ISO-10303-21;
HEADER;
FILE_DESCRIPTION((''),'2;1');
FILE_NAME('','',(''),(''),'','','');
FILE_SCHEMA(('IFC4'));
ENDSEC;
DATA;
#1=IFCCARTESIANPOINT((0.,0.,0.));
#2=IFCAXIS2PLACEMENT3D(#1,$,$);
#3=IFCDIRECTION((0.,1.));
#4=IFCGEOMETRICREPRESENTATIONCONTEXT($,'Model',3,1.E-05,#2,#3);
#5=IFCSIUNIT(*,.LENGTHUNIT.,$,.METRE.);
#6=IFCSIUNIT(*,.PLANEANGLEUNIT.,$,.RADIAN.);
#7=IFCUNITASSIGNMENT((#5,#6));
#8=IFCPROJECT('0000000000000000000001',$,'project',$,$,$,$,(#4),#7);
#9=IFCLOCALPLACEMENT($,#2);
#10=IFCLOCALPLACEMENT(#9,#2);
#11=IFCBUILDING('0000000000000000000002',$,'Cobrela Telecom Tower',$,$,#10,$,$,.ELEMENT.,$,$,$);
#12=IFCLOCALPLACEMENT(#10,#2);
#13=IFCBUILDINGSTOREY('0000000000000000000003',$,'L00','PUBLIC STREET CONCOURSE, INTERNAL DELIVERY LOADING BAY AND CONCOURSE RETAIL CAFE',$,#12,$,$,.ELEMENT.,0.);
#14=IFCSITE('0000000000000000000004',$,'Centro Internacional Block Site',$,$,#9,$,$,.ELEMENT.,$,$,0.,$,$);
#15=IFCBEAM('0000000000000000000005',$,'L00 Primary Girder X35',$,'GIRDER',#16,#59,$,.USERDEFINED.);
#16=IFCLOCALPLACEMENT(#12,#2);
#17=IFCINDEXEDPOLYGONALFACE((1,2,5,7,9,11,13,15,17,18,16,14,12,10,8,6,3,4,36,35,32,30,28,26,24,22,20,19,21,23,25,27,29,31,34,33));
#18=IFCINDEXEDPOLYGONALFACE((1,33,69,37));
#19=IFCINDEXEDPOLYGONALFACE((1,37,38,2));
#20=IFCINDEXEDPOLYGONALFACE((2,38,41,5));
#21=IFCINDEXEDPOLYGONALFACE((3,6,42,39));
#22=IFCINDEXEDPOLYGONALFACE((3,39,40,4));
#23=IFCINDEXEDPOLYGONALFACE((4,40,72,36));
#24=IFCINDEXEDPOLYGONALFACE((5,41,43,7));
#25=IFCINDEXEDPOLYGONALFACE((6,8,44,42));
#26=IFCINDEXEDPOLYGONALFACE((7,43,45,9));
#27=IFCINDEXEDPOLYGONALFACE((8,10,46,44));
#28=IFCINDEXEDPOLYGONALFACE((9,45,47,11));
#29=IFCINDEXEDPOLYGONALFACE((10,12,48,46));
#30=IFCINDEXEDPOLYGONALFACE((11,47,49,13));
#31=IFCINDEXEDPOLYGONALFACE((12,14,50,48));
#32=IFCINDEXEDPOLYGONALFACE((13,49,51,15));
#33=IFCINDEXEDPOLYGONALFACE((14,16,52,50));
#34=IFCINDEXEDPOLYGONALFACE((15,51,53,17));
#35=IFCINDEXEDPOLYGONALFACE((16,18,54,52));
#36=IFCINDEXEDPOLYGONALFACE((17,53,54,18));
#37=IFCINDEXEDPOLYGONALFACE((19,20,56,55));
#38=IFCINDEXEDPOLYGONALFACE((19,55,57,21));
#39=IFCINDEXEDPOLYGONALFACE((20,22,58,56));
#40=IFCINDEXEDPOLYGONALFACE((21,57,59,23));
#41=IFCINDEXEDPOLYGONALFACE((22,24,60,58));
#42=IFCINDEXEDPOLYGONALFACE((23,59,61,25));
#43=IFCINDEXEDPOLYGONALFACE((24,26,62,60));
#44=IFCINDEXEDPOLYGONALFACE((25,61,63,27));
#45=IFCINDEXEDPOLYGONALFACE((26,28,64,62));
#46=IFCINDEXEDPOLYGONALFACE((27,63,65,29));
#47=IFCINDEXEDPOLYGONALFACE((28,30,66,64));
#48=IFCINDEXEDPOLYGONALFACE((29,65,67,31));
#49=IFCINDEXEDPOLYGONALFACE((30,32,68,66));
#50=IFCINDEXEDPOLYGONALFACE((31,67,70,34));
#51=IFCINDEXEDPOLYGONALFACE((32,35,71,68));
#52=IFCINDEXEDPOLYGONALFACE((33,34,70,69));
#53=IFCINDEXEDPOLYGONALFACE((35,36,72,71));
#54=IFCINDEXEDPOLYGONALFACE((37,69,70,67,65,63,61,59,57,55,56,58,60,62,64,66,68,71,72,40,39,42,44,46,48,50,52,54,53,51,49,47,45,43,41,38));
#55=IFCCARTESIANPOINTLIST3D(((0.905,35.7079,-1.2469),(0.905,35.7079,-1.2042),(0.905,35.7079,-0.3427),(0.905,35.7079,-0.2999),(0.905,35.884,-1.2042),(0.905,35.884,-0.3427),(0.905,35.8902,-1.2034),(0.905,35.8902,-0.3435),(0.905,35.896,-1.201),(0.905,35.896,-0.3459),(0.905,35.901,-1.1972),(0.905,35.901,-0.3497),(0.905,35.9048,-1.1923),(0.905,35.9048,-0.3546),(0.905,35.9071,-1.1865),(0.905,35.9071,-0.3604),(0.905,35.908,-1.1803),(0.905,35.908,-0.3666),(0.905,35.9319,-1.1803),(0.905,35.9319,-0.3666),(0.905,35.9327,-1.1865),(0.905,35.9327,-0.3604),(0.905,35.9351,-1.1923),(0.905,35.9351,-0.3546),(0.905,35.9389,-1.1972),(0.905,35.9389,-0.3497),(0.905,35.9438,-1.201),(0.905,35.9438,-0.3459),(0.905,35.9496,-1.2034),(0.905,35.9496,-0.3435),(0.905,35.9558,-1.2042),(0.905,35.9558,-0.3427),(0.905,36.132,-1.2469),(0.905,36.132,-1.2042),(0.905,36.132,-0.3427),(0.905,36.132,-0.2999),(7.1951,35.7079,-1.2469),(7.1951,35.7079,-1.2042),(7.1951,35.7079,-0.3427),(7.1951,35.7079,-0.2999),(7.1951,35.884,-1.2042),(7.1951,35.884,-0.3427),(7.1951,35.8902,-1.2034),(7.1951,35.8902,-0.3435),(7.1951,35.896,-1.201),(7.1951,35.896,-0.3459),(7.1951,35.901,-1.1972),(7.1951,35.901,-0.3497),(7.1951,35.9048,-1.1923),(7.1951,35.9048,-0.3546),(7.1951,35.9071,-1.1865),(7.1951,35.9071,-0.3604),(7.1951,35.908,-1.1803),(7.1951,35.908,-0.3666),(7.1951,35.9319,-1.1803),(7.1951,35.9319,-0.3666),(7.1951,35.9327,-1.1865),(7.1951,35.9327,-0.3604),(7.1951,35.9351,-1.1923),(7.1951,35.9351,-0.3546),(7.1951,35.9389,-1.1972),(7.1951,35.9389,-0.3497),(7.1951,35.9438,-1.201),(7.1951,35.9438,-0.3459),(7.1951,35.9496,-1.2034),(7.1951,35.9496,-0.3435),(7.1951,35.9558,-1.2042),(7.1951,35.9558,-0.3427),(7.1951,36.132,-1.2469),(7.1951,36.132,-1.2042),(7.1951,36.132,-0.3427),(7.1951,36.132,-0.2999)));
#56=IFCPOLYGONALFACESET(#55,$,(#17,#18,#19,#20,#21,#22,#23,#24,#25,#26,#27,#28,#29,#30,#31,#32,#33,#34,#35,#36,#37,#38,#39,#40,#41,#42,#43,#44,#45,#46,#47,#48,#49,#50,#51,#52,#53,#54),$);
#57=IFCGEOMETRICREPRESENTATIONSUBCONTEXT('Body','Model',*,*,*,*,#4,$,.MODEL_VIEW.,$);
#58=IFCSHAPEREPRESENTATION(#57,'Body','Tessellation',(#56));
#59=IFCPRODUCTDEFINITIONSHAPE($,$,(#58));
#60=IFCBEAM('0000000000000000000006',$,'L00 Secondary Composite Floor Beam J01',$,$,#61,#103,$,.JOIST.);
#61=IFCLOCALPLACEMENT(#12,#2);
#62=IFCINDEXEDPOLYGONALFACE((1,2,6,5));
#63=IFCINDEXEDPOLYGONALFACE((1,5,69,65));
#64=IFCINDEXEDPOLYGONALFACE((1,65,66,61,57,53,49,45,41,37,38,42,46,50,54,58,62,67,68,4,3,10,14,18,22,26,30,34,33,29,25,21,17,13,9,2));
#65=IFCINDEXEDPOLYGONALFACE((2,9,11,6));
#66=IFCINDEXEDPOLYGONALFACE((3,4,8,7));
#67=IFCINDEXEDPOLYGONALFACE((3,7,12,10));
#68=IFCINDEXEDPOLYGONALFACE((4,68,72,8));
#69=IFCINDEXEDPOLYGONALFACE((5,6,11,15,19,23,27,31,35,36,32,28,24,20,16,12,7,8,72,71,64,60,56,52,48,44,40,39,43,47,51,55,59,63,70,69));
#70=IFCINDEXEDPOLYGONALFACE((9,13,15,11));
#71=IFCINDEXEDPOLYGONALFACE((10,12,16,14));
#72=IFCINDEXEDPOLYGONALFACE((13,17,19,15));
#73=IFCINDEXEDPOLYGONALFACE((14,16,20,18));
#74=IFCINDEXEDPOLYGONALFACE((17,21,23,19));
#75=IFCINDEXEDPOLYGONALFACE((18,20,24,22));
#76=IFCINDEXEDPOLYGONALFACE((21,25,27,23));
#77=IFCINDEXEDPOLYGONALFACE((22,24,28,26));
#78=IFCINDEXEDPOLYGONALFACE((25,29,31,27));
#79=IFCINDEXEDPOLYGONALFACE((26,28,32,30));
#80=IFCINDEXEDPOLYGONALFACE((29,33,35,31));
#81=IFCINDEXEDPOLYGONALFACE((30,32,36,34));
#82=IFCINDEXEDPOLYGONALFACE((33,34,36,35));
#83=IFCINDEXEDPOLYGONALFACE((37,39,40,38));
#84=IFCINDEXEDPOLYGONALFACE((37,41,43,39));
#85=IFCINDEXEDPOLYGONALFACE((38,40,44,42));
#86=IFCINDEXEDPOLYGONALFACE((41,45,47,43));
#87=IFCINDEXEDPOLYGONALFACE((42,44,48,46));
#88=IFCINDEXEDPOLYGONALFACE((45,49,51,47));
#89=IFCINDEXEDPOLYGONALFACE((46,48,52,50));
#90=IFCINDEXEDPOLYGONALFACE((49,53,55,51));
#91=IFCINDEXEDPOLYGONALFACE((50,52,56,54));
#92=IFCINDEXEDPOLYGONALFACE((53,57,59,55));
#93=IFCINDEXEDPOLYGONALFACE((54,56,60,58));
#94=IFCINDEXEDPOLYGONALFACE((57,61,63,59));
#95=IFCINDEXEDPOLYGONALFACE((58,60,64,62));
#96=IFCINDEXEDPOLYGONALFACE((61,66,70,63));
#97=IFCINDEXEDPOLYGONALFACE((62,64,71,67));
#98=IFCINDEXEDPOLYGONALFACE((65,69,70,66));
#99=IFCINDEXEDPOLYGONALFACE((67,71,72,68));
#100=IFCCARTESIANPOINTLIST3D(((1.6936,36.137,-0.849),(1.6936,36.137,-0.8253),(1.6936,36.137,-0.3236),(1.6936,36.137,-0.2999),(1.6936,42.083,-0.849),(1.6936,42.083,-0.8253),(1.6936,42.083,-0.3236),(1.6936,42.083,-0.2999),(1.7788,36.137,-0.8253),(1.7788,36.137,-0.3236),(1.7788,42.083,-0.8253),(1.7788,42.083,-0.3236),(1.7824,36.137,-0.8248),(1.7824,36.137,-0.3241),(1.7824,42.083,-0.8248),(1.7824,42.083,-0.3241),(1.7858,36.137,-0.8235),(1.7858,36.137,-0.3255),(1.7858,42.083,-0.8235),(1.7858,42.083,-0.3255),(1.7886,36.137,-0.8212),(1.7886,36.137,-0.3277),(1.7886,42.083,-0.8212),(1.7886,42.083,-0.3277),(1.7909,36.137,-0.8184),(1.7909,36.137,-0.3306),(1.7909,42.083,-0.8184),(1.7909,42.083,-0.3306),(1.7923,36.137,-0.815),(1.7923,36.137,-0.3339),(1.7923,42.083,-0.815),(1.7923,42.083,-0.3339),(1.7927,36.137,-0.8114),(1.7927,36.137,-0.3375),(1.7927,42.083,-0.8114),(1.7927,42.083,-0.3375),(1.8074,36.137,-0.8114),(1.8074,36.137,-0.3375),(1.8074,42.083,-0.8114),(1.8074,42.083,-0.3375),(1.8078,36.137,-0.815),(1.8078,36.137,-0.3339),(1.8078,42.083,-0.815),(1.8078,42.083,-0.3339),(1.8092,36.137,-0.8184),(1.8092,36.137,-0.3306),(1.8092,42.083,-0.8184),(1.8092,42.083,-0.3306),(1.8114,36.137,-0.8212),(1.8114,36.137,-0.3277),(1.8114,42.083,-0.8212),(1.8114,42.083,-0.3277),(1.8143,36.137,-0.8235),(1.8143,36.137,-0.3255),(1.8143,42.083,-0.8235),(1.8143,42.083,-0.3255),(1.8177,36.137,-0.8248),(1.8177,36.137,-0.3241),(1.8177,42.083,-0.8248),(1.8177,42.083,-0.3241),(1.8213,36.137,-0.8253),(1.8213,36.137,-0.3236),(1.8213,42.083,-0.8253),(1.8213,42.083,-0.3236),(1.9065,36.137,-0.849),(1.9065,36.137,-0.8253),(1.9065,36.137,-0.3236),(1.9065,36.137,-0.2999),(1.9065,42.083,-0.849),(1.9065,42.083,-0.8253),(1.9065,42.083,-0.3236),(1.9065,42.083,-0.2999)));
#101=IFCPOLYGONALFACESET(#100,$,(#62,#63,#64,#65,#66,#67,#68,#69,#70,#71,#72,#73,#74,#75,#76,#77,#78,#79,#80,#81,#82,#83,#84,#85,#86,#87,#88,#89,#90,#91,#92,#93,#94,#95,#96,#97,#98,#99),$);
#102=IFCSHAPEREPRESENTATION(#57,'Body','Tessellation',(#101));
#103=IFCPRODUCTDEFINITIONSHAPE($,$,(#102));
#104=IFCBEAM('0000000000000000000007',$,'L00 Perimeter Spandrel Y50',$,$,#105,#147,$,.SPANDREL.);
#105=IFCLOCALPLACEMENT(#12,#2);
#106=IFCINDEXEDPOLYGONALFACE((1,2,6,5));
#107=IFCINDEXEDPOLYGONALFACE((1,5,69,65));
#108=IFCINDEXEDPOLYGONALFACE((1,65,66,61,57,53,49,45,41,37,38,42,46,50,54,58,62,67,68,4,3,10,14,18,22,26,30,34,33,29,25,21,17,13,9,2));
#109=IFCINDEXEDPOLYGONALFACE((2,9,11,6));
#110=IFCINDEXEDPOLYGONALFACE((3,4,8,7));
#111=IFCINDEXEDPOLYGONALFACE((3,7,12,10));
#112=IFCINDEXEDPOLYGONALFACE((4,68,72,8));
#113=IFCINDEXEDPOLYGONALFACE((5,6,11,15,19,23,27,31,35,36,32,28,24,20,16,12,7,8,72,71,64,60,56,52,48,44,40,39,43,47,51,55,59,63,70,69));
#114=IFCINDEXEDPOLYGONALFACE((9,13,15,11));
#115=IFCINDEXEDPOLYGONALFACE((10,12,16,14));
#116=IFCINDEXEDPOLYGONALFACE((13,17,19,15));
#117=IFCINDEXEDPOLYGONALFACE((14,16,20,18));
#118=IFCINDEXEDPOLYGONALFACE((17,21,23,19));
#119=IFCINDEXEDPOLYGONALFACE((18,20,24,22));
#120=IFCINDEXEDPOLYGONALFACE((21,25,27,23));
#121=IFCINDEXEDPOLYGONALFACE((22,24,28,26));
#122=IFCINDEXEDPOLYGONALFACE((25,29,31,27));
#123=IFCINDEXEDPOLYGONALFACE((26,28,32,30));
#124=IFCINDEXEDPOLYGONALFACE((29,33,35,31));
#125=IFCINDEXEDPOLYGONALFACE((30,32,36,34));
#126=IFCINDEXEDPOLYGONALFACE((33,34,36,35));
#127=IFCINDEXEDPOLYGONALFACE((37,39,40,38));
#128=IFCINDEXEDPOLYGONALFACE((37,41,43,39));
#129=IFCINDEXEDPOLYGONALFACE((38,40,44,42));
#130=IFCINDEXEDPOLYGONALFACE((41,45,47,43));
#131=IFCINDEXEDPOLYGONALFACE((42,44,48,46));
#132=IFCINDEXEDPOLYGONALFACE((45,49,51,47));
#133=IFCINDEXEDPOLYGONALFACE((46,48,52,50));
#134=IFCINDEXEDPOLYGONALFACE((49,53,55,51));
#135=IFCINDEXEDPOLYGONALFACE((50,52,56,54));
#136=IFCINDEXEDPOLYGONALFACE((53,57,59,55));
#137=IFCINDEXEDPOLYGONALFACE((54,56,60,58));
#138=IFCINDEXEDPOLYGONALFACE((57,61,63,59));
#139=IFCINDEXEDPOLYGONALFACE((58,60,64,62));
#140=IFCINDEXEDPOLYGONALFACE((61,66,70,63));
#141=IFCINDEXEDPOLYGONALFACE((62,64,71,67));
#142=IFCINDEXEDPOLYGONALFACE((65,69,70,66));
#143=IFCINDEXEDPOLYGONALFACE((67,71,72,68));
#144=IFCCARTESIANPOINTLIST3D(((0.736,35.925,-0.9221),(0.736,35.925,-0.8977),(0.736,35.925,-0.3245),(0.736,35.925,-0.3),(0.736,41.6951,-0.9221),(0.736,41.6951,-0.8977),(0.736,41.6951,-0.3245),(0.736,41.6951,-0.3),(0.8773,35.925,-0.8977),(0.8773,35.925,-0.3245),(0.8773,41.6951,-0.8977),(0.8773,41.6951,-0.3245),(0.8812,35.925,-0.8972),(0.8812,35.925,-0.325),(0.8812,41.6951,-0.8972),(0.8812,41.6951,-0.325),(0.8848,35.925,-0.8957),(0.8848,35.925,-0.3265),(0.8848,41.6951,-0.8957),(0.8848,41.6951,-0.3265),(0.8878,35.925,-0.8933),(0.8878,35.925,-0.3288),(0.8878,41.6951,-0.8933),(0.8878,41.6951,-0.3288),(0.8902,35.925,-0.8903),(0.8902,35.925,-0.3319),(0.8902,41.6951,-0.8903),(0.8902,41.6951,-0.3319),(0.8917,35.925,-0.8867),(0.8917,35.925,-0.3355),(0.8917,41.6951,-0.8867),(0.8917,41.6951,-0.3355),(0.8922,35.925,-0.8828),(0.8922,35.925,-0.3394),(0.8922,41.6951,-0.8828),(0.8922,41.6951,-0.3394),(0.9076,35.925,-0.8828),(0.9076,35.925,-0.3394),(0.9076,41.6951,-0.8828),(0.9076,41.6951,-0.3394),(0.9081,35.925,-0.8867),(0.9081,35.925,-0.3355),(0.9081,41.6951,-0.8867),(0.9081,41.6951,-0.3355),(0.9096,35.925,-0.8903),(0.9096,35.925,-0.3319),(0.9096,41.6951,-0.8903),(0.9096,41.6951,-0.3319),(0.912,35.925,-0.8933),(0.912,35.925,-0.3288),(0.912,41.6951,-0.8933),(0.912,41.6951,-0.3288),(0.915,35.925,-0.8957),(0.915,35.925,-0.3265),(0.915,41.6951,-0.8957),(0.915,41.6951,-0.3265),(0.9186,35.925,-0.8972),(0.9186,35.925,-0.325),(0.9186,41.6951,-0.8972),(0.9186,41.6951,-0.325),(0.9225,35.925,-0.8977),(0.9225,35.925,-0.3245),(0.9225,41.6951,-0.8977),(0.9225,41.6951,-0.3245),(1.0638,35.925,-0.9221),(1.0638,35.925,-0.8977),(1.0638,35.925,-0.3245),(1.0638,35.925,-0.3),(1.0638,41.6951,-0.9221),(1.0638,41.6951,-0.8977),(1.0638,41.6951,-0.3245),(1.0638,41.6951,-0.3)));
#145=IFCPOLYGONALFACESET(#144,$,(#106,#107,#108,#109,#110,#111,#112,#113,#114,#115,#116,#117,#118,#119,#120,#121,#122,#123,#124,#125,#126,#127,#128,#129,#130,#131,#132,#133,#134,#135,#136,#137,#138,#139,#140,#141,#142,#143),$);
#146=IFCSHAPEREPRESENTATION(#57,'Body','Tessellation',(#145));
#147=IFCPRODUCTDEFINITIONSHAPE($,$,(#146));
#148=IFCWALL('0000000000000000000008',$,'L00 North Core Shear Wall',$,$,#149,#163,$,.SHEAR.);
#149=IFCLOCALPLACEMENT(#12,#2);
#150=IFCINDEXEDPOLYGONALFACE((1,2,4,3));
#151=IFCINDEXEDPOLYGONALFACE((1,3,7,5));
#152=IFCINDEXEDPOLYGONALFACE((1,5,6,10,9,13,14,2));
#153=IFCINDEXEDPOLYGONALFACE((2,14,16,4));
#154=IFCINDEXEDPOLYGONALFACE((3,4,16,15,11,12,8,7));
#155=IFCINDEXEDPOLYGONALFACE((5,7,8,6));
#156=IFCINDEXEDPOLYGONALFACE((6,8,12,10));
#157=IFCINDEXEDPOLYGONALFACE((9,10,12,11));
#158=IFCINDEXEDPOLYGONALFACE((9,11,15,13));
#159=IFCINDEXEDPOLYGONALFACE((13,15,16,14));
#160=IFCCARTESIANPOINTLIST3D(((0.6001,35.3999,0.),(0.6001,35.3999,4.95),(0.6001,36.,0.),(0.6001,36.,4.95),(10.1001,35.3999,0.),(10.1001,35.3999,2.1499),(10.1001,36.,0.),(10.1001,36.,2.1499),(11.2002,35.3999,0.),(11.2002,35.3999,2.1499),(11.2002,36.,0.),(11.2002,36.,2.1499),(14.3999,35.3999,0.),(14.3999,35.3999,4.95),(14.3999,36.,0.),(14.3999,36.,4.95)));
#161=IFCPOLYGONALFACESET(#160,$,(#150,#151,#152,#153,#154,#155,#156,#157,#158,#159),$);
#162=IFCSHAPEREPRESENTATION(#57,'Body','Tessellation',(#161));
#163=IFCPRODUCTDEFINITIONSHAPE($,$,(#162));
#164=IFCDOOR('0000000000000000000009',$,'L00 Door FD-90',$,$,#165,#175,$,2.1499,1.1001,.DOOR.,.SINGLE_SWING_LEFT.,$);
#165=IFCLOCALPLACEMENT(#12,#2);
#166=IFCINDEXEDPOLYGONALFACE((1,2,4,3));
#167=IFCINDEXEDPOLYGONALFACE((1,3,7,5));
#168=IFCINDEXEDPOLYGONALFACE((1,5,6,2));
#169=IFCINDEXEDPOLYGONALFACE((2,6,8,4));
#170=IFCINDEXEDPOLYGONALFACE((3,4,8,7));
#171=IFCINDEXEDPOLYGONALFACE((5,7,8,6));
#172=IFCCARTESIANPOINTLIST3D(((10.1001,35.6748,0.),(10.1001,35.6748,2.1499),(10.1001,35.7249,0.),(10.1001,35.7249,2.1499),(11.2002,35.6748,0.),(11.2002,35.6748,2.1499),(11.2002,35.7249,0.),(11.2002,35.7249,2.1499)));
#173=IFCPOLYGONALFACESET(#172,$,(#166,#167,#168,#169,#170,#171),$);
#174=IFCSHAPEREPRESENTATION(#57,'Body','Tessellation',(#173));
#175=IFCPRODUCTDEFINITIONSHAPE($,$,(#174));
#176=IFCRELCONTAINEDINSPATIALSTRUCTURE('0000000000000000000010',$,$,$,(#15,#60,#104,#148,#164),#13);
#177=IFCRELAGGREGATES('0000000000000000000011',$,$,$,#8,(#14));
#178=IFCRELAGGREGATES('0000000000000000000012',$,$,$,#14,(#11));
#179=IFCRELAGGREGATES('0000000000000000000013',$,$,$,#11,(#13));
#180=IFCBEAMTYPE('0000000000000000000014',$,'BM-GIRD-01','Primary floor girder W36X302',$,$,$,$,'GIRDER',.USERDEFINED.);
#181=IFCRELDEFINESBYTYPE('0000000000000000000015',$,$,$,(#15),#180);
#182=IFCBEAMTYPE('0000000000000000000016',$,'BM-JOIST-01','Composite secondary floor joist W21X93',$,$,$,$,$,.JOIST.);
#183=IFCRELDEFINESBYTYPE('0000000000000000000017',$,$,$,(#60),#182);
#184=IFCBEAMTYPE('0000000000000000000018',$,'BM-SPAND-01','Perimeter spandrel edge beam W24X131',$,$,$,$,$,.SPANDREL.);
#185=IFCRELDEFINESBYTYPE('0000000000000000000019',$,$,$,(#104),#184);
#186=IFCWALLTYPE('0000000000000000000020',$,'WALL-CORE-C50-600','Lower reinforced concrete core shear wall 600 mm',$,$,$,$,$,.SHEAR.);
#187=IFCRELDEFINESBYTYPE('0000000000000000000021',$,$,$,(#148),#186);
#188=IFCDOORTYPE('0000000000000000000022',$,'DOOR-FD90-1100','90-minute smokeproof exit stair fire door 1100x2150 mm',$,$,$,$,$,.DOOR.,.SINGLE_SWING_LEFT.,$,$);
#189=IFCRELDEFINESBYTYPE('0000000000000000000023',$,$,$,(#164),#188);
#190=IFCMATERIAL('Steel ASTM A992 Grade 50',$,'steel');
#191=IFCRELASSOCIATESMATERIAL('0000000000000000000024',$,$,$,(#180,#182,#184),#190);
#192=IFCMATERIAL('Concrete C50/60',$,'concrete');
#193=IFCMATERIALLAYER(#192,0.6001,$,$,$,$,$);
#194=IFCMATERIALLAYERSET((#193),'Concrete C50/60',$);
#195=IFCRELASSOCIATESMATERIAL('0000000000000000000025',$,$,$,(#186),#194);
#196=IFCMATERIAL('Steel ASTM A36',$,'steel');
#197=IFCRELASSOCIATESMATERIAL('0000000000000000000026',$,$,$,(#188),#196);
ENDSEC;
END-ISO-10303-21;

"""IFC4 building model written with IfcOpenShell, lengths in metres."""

from ifc_helpers import new_model, si_unit, direction, frame, frame_2d, origin, origin_2d, place, context, subcontext, project, spatial, rectangle, i_section, extrude, material, layer, layer_set, material_profile, profile_set, type_object, element, fill, save


model = new_model("IFC4")

# Units and contexts
model_context = context("Model", 3, precision=1e-05, world=origin(), true_north=direction((0.0, 1.0)))
body_context = subcontext(model_context, "Body", "Model", "MODEL_VIEW")
ifc_project = project(units=[si_unit("LENGTHUNIT", "METRE"), si_unit("PLANEANGLEUNIT", "RADIAN")], contexts=[model_context])

# Site, building, storey
site_placement = place(None, origin())
site = spatial("IfcSite", under=ifc_project, at=site_placement, Name="Centro Internacional Block Site", CompositionType="ELEMENT", RefElevation=0.0)
building_placement = place(site_placement, origin())
building = spatial("IfcBuilding", under=site, at=building_placement, Name="Cobrela Telecom Tower", CompositionType="ELEMENT")
storey_placement = place(building_placement, origin())
storey = spatial("IfcBuildingStorey", under=building, at=storey_placement, Name="L00", Description="PUBLIC STREET CONCOURSE, INTERNAL DELIVERY LOADING BAY AND CONCOURSE RETAIL CAFE", CompositionType="ELEMENT", Elevation=0.0)

# Beams
ifc_material_1 = material(Name="Steel ASTM A992 Grade 50", Category="steel")
ifc_material_profile_1 = material_profile(ifc_material_1, i_section(OverallWidth=0.4241, OverallDepth=0.947, WebThickness=0.0239, FlangeThickness=0.0427, FilletRadius=0.0239, at=origin_2d()), Name="W36X302")
ifc_profile_set_1 = profile_set([ifc_material_profile_1], Name="Steel ASTM A992 Grade 50")
beam_type_1 = type_object("IfcBeamType", Name="BM-GIRD-01", Description="Primary floor girder W36X302", ElementType="GIRDER", PredefinedType="USERDEFINED", material=ifc_profile_set_1)
beam_1_placement = place(storey_placement, frame((0.905, 35.9199, -0.7734), z_axis=(1.0, 0.0, 0.0), x_axis=(0.0, 1.0, 0.0)))
element("IfcBeam", 1, at=beam_1_placement, inside=storey, type_object=beam_type_1, Name="L00 Primary Girder X35", ObjectType="GIRDER", PredefinedType="USERDEFINED", context=body_context, shape_type="SweptSolid", body=[
    extrude(i_section(OverallWidth=0.4241, OverallDepth=0.947, WebThickness=0.0239, FlangeThickness=0.0427, FilletRadius=0.0239, at=origin_2d()), origin(), (0.0, 0.0, 1.0), 6.29),
])
ifc_material_profile_2 = material_profile(ifc_material_1, i_section(OverallWidth=0.2129, OverallDepth=0.5491, WebThickness=0.0146, FlangeThickness=0.0237, FilletRadius=0.0139, at=origin_2d()), Name="W21X93")
ifc_profile_set_2 = profile_set([ifc_material_profile_2], Name="Steel ASTM A992 Grade 50")
beam_type_2 = type_object("IfcBeamType", Name="BM-JOIST-01", Description="Composite secondary floor joist W21X93", PredefinedType="JOIST", material=ifc_profile_set_2)
beam_2_placement = place(storey_placement, frame((1.8, 36.137, -0.5745), z_axis=(0.0, 1.0, 0.0), x_axis=(-1.0, 0.0, 0.0)))
element("IfcBeam", 2, at=beam_2_placement, inside=storey, type_object=beam_type_2, Name="L00 Secondary Composite Floor Beam J01", PredefinedType="JOIST", context=body_context, shape_type="SweptSolid", body=[
    extrude(i_section(OverallWidth=0.2129, OverallDepth=0.5491, WebThickness=0.0146, FlangeThickness=0.0237, FilletRadius=0.0139, at=origin_2d()), origin(), (0.0, 0.0, 1.0), 5.946),
])
ifc_material_profile_3 = material_profile(ifc_material_1, i_section(OverallWidth=0.3279, OverallDepth=0.6221, WebThickness=0.0154, FlangeThickness=0.0244, FilletRadius=0.0149, at=origin_2d()), Name="W24X131")
ifc_profile_set_3 = profile_set([ifc_material_profile_3], Name="Steel ASTM A992 Grade 50")
beam_type_3 = type_object("IfcBeamType", Name="BM-SPAND-01", Description="Perimeter spandrel edge beam W24X131", PredefinedType="SPANDREL", material=ifc_profile_set_3)
beam_3_placement = place(storey_placement, frame((0.8999, 35.925, -0.6111), z_axis=(0.0, 1.0, 0.0), x_axis=(-1.0, 0.0, 0.0)))
element("IfcBeam", 3, at=beam_3_placement, inside=storey, type_object=beam_type_3, Name="L00 Perimeter Spandrel Y50", PredefinedType="SPANDREL", context=body_context, shape_type="SweptSolid", body=[
    extrude(i_section(OverallWidth=0.3279, OverallDepth=0.6221, WebThickness=0.0154, FlangeThickness=0.0244, FilletRadius=0.0149, at=origin_2d()), origin(), (0.0, 0.0, 1.0), 5.77),
])

# Wall, opening, door
ifc_material_2 = material(Name="Concrete C50/60", Category="concrete")
ifc_layer_1 = layer(ifc_material_2, 0.6001)
ifc_layer_set_1 = layer_set([ifc_layer_1], Name="Concrete C50/60")
wall_type_1 = type_object("IfcWallType", Name="WALL-CORE-C50-600", Description="Lower reinforced concrete core shear wall 600 mm", PredefinedType="SHEAR", material=ifc_layer_set_1)
wall_1_placement = place(storey_placement, frame((0.6001, 35.7, 0.0), z_axis=(0.0, 0.0, 1.0), x_axis=(1.0, 0.0, 0.0)))
wall_1 = element("IfcWall", 4, at=wall_1_placement, inside=storey, type_object=wall_type_1, Name="L00 North Core Shear Wall", PredefinedType="SHEAR", context=body_context, shape_type="SweptSolid", body=[
    extrude(rectangle(XDim=13.7998, YDim=0.6001, at=frame_2d((6.8999, 0.0))), origin(), (0.0, 0.0, 1.0), 4.95),
])
opening_1_placement = place(wall_1_placement, frame((9.5, 0.0, 0.0)))
opening_1 = element("IfcOpeningElement", 5, at=opening_1_placement, cuts=wall_1, PredefinedType="OPENING", context=body_context, shape_type="SweptSolid", body=[
    extrude(rectangle(XDim=1.1001, YDim=2.1499, at=frame_2d((0.55, 1.075))), frame((0.0, 0.312, 0.0), z_axis=(0.0, -1.0, 0.0), x_axis=(1.0, 0.0, 0.0)), (0.0, 0.0, 1.0), 0.624),
])
ifc_material_3 = material(Name="Steel ASTM A36", Category="steel")
door_type_1 = type_object("IfcDoorType", Name="DOOR-FD90-1100", Description="90-minute smokeproof exit stair fire door 1100x2150 mm", OperationType="SINGLE_SWING_LEFT", PredefinedType="DOOR", material=ifc_material_3)
door_1_placement = place(opening_1_placement, origin())
door_1 = element("IfcDoor", 6, at=door_1_placement, inside=storey, type_object=door_type_1, Name="L00 Door FD-90", OperationType="SINGLE_SWING_LEFT", OverallHeight=2.1499, OverallWidth=1.1001, PredefinedType="DOOR", context=body_context, shape_type="SweptSolid", body=[
    extrude(rectangle(XDim=1.1001, YDim=2.1499, at=frame_2d((0.55, 1.075))), frame((0.0, 0.0249, 0.0), z_axis=(0.0, -1.0, 0.0), x_axis=(1.0, 0.0, 0.0)), (0.0, 0.0, 1.0), 0.05),
])
fill(opening_1, door_1)

save(model, "model.ifc")
